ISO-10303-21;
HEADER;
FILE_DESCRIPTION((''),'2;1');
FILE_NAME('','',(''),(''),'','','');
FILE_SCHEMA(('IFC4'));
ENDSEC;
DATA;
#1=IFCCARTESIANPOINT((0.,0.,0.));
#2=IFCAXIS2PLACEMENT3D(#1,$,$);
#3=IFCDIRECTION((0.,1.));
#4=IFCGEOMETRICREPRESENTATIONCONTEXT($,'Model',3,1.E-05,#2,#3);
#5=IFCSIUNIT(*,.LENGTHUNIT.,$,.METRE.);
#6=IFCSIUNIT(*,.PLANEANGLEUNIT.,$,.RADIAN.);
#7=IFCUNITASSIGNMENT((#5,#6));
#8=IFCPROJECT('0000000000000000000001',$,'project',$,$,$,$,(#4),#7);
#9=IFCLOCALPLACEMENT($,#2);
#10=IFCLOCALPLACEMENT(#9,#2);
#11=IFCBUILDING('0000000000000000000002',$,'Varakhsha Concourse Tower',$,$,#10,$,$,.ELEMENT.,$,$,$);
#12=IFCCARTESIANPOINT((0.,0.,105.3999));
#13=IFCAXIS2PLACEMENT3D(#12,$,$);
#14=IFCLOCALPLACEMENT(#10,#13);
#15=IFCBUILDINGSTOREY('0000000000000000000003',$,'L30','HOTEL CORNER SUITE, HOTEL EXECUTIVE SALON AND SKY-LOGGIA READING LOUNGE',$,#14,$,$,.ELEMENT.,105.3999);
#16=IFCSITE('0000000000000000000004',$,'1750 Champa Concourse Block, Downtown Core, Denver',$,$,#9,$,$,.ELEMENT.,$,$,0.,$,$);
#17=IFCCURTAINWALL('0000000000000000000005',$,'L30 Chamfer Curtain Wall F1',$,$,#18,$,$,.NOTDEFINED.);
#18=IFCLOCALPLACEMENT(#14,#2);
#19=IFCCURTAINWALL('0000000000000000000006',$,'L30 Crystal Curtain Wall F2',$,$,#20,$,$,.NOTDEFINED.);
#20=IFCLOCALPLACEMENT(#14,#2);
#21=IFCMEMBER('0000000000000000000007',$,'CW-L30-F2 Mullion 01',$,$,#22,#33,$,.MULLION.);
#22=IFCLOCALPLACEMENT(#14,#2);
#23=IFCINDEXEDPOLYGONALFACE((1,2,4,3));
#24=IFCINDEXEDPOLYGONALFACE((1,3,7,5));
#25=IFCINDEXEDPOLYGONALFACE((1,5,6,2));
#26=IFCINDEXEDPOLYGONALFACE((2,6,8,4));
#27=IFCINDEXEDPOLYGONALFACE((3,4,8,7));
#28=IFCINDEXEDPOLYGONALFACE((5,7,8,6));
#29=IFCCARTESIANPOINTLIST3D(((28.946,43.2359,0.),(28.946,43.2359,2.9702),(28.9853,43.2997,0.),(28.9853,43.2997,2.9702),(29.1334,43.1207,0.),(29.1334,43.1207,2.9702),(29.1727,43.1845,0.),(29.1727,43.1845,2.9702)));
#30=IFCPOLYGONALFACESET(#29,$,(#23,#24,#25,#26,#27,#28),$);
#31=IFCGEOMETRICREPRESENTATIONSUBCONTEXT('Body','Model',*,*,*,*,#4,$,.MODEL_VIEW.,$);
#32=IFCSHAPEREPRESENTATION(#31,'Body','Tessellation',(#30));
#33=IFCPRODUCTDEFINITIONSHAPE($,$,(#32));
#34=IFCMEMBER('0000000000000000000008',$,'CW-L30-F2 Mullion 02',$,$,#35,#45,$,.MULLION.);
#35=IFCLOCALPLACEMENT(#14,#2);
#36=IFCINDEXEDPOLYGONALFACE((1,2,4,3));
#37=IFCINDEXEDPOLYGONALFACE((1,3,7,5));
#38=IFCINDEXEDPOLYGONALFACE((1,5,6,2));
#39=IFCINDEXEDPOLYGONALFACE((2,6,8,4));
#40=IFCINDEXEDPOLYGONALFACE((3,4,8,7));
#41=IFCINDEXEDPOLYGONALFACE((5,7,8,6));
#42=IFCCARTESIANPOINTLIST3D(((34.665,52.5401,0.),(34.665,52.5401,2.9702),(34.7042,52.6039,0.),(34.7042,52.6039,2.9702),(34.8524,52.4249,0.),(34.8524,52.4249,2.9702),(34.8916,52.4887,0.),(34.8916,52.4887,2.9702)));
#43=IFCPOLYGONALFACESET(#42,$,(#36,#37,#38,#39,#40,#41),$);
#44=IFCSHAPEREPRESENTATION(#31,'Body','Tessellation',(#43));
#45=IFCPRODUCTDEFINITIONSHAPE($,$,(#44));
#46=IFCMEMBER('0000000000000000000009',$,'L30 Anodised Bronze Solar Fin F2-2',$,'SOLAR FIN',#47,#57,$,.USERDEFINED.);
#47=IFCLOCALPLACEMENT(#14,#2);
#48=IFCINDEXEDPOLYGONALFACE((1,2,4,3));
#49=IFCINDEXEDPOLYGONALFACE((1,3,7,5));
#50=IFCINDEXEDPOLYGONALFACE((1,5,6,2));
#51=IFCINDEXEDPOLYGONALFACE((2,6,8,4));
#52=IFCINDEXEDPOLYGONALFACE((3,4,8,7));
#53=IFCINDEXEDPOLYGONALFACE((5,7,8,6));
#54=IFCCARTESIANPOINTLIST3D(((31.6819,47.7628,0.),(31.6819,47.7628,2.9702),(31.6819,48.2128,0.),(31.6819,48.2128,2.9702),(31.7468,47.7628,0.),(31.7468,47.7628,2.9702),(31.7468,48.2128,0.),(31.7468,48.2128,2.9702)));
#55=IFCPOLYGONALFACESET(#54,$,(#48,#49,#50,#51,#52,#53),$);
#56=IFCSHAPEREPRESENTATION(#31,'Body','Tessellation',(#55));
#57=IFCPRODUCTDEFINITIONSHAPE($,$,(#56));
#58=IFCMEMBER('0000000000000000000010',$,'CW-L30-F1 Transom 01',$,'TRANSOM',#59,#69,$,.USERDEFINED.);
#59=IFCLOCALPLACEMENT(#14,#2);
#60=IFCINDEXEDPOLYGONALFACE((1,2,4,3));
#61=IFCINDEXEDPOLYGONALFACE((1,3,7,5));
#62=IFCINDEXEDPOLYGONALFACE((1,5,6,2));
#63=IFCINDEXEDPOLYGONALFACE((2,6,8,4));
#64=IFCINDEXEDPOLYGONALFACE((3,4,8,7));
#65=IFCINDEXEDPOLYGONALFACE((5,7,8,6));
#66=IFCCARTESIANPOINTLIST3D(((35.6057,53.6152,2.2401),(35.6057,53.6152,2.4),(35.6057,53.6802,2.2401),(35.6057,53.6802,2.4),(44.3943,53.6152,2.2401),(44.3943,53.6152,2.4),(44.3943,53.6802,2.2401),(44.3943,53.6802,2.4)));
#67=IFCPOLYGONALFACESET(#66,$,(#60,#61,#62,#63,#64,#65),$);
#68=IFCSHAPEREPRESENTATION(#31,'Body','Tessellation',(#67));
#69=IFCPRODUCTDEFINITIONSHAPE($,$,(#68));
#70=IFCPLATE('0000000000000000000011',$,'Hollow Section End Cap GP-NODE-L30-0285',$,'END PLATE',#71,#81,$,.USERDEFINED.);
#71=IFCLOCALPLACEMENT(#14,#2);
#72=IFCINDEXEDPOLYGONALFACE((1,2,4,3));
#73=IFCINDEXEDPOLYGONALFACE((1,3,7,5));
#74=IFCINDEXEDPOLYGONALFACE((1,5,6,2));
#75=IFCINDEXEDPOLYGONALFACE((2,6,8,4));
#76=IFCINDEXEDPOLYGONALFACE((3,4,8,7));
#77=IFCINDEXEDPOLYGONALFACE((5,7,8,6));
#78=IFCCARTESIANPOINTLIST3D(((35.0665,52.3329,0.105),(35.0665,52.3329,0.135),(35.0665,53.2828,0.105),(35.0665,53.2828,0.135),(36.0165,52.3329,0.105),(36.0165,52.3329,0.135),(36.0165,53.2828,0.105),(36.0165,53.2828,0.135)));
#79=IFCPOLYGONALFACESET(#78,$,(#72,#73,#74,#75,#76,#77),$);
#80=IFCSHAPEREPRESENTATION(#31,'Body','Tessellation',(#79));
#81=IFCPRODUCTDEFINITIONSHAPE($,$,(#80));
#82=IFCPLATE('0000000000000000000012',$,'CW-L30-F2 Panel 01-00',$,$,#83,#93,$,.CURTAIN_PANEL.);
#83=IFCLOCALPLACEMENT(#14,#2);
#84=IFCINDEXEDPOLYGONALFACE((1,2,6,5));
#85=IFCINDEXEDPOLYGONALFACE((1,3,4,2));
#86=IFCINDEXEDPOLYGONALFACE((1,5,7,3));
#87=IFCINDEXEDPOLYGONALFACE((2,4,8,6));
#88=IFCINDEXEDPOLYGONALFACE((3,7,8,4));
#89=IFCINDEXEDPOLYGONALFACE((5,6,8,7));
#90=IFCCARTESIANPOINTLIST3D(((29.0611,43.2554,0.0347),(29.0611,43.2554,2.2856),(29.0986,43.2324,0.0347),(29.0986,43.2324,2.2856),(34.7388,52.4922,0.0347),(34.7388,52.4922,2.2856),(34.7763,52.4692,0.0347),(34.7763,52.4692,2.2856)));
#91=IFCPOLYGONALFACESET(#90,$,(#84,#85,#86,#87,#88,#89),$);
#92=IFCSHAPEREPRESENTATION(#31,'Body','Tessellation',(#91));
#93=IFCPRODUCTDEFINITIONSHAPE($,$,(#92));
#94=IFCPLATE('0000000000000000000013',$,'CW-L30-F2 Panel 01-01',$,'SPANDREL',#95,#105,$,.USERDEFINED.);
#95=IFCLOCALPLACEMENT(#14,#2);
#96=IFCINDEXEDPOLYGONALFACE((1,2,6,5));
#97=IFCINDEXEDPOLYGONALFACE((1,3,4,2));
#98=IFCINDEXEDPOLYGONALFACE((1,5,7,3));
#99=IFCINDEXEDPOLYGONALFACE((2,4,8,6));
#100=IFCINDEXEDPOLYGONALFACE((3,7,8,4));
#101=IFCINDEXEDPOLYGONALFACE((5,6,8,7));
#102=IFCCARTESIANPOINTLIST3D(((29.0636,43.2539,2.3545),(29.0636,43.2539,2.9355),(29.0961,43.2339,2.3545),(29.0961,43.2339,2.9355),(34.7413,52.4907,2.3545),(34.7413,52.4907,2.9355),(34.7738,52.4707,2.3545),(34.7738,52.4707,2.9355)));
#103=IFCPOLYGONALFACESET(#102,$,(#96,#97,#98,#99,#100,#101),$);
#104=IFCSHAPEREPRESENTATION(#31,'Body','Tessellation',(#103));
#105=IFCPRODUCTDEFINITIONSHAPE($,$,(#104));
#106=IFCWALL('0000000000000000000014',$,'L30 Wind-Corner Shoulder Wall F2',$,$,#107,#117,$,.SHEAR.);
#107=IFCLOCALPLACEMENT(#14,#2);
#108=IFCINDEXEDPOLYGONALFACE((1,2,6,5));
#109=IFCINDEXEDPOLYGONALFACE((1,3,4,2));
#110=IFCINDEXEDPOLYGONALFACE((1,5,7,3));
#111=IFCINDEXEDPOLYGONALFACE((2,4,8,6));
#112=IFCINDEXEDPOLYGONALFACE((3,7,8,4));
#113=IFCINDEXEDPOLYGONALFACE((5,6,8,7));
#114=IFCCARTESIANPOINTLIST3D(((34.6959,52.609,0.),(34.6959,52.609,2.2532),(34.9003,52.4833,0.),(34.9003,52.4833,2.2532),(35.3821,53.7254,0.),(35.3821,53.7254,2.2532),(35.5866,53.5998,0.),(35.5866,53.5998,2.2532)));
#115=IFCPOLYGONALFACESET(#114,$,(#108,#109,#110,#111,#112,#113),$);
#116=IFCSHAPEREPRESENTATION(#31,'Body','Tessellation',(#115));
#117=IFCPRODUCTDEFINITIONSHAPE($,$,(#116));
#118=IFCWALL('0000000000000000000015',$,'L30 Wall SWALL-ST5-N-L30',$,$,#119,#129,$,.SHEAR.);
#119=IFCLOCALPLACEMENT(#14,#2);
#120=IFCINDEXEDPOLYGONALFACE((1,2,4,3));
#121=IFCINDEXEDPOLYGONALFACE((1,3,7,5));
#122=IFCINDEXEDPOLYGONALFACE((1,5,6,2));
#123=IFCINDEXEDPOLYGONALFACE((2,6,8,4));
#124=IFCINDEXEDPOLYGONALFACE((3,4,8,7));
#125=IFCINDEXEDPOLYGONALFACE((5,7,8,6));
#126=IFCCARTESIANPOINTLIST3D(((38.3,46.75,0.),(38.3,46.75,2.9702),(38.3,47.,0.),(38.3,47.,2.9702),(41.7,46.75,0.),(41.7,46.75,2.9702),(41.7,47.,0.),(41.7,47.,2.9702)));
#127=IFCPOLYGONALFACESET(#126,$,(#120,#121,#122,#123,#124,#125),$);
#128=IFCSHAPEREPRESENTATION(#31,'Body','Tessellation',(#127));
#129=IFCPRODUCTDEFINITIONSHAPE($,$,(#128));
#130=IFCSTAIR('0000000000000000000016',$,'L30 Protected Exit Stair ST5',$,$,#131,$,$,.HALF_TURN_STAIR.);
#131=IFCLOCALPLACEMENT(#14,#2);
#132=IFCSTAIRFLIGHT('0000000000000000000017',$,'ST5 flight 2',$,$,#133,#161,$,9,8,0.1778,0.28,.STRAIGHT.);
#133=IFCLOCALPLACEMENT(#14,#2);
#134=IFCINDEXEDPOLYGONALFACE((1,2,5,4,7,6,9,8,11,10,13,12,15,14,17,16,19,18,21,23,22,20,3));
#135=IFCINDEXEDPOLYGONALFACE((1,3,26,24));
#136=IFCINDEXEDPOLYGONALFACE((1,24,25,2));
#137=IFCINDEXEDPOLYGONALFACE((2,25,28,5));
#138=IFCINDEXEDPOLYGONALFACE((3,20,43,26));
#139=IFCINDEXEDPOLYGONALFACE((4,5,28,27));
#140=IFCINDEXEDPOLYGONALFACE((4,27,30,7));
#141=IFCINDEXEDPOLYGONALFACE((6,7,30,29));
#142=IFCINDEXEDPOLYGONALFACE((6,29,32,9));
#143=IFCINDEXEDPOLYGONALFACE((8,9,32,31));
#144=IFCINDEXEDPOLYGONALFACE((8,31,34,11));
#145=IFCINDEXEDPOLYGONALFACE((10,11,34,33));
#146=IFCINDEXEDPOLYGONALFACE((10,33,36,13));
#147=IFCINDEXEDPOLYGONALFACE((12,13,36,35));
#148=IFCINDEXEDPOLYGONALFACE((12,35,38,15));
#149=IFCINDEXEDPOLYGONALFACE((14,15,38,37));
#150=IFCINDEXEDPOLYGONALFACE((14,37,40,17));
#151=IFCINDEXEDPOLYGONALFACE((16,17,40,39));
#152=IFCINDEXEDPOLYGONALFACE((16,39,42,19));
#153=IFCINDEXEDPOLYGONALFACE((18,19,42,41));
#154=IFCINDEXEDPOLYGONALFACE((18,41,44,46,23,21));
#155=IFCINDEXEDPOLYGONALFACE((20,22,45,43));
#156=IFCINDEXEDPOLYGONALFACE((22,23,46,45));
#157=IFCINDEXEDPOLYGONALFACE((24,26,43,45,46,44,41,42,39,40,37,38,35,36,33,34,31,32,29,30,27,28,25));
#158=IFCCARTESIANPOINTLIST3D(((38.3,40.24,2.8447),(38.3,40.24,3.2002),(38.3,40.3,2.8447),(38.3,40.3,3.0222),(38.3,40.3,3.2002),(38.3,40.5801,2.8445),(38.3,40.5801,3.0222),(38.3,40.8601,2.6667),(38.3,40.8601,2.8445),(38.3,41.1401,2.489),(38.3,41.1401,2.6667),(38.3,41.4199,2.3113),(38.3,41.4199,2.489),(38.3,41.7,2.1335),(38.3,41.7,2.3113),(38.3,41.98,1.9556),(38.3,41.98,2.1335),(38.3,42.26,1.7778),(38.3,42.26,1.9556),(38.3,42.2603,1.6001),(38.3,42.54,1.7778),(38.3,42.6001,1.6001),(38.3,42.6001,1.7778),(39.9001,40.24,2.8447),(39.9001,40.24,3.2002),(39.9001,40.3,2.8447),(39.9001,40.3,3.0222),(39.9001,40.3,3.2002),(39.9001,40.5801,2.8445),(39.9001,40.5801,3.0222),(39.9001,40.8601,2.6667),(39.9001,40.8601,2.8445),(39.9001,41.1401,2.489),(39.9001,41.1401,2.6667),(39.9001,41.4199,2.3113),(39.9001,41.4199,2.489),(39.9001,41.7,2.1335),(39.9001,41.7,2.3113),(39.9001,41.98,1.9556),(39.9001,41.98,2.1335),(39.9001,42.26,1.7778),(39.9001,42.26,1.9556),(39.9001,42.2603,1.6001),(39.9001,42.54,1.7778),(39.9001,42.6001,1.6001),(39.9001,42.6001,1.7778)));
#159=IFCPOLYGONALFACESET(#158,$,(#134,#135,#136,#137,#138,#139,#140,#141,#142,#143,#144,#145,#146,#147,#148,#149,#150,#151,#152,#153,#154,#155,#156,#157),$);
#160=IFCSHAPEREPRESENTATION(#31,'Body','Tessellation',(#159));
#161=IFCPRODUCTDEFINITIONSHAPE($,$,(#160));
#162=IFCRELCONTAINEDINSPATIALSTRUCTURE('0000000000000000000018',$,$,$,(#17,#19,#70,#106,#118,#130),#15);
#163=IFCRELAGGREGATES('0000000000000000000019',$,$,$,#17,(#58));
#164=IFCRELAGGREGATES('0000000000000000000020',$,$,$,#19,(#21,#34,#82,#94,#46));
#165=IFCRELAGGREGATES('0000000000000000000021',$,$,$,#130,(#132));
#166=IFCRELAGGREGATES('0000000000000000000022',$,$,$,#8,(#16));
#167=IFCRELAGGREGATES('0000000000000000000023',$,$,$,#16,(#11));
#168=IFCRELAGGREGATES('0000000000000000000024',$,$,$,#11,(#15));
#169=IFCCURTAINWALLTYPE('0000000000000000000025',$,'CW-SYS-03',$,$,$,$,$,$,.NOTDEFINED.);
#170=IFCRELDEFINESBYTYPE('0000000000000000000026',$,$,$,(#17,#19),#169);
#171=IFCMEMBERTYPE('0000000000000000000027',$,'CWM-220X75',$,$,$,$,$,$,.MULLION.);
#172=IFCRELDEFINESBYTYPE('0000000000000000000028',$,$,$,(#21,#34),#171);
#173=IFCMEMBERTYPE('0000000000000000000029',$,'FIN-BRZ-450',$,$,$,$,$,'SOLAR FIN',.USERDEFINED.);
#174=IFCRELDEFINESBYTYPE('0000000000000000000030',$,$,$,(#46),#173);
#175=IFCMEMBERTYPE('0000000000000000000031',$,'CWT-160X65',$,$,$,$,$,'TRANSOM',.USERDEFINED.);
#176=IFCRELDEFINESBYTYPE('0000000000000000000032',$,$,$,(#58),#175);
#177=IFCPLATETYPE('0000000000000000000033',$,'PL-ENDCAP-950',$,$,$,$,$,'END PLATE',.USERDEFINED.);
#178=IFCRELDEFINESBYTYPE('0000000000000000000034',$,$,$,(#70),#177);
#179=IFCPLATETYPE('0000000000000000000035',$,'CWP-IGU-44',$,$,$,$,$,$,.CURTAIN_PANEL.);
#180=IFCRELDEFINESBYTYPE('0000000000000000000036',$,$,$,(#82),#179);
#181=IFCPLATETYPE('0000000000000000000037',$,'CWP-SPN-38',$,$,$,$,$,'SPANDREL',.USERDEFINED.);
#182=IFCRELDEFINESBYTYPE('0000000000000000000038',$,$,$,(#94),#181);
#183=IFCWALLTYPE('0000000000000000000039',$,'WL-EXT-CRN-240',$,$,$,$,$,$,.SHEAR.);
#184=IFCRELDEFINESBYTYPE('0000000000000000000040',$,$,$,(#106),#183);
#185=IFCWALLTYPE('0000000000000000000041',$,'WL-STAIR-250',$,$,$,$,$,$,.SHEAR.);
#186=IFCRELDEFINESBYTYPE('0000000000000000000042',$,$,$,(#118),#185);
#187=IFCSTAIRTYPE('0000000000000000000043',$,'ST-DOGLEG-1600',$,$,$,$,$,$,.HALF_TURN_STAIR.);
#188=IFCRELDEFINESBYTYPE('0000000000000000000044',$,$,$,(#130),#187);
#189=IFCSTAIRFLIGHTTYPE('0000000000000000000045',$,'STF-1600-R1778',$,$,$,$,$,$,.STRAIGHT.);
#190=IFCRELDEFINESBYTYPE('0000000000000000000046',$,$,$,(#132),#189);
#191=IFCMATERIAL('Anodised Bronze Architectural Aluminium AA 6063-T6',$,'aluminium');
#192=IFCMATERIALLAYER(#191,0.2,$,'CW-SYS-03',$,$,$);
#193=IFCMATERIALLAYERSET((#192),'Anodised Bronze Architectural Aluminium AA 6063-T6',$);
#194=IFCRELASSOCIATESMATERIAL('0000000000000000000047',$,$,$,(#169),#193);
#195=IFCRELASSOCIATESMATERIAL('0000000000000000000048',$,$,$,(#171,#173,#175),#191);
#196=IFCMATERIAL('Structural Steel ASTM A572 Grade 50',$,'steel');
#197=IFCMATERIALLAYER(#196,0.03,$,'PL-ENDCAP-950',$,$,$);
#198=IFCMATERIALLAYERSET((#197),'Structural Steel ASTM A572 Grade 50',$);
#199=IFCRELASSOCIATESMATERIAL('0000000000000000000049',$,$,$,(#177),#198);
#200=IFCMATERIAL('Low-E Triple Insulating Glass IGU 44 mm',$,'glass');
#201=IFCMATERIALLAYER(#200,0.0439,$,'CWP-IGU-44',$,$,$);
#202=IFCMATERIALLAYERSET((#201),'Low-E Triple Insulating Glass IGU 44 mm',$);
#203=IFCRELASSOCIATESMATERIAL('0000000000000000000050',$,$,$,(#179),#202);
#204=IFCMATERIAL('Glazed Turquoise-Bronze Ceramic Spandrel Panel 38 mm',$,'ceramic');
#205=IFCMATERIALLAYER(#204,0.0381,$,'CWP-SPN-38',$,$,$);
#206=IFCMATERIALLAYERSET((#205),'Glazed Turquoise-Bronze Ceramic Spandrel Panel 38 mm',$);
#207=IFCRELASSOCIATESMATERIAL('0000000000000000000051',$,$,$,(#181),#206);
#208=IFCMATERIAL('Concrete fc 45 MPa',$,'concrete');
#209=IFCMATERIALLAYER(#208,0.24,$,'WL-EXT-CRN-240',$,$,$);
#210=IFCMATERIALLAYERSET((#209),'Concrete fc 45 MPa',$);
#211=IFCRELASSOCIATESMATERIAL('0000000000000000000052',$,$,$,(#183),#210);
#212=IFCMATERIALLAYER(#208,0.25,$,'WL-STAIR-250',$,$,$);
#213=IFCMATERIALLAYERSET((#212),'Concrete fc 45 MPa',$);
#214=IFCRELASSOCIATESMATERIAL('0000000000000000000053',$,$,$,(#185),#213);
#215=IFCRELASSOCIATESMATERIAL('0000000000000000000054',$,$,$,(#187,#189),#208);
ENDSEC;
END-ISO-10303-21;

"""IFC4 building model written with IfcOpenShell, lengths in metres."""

from ifc_helpers import new_model, si_unit, direction, frame, frame_2d, origin, origin_2d, place, context, subcontext, project, spatial, polyline, rectangle, outline, extrude, source, transform, mapped, material, layer, layer_set, material_profile, profile_set, type_object, type_shapes, element, aggregate, save


model = new_model("IFC4")

# Units and contexts
model_context = context("Model", 3, precision=1e-05, world=origin(), true_north=direction((0.0, 1.0)))
body_context = subcontext(model_context, "Body", "Model", "MODEL_VIEW")
ifc_project = project(units=[si_unit("LENGTHUNIT", "METRE"), si_unit("PLANEANGLEUNIT", "RADIAN")], contexts=[model_context])

# Site, building, storey
site_placement = place(None, origin())
site = spatial("IfcSite", under=ifc_project, at=site_placement, Name="1750 Champa Concourse Block, Downtown Core, Denver", CompositionType="ELEMENT", RefElevation=0.0)
building_placement = place(site_placement, origin())
building = spatial("IfcBuilding", under=site, at=building_placement, Name="Varakhsha Concourse Tower", CompositionType="ELEMENT")
storey_placement = place(building_placement, frame((0.0, 0.0, 105.3999)))
storey = spatial("IfcBuildingStorey", under=building, at=storey_placement, Name="L30", Description="HOTEL CORNER SUITE, HOTEL EXECUTIVE SALON AND SKY-LOGGIA READING LOUNGE", CompositionType="ELEMENT", Elevation=105.3999)

# Shared definitions
ifc_material_1 = material(Name="Structural Steel ASTM A572 Grade 50", Category="steel")

# Curtain wall
ifc_material_2 = material(Name="Anodised Bronze Architectural Aluminium AA 6063-T6", Category="aluminium")
ifc_layer_1 = layer(ifc_material_2, 0.2, Name="CW-SYS-03")
ifc_layer_set_1 = layer_set([ifc_layer_1], Name="Anodised Bronze Architectural Aluminium AA 6063-T6")
curtain_wall_type = type_object("IfcCurtainWallType", Name="CW-SYS-03", PredefinedType="NOTDEFINED", material=ifc_layer_set_1)
curtain_wall_1_placement = place(storey_placement, origin())
curtain_wall_1 = element("IfcCurtainWall", 1, at=curtain_wall_1_placement, inside=storey, type_object=curtain_wall_type, Name="L30 Chamfer Curtain Wall F1", PredefinedType="NOTDEFINED")
ifc_material_profile_1 = material_profile(ifc_material_2, rectangle(XDim=0.075, YDim=0.22, at=origin_2d()), Name="CWM-220X75")
ifc_profile_set_1 = profile_set([ifc_material_profile_1], Name="Anodised Bronze Architectural Aluminium AA 6063-T6")
member_type_1 = type_object("IfcMemberType", Name="CWM-220X75", PredefinedType="MULLION", material=ifc_profile_set_1)
shared_shape_1 = source(origin(), body_context, "Body", "SweptSolid", [
    extrude(rectangle(XDim=0.075, YDim=0.22, at=origin_2d()), origin(), (0.0, 0.0, 1.0), 2.9702),
])
type_shapes(member_type_1, [shared_shape_1])

# Curtain wall, members
curtain_wall_2_placement = place(storey_placement, origin())
curtain_wall_2 = element("IfcCurtainWall", 2, at=curtain_wall_2_placement, inside=storey, type_object=curtain_wall_type, Name="L30 Crystal Curtain Wall F2", PredefinedType="NOTDEFINED")
member_1_placement = place(storey_placement, frame((29.0593, 43.2102, 0.0), z_axis=(0.0, 0.0, 1.0), x_axis=(0.523665, 0.851924, 0.0)))
member_1 = element("IfcMember", 3, at=member_1_placement, type_object=member_type_1, Name="CW-L30-F2 Mullion 01", PredefinedType="MULLION", context=body_context, shape_type="MappedRepresentation", body=[
    mapped(shared_shape_1, transform((0.0, 0.0, 0.0), scale=1.0)),
])
member_2_placement = place(storey_placement, frame((34.7783, 52.5144, 0.0), z_axis=(0.0, 0.0, 1.0), x_axis=(0.523665, 0.851924, 0.0)))
member_2 = element("IfcMember", 4, at=member_2_placement, type_object=member_type_1, Name="CW-L30-F2 Mullion 02", PredefinedType="MULLION", context=body_context, shape_type="MappedRepresentation", body=[
    mapped(shared_shape_1, transform((0.0, 0.0, 0.0), scale=1.0)),
])
ifc_material_profile_2 = material_profile(ifc_material_2, rectangle(XDim=0.0649, YDim=0.45, at=origin_2d()), Name="FIN-BRZ-450")
ifc_profile_set_2 = profile_set([ifc_material_profile_2], Name="Anodised Bronze Architectural Aluminium AA 6063-T6")
member_type_2 = type_object("IfcMemberType", Name="FIN-BRZ-450", ElementType="SOLAR FIN", PredefinedType="USERDEFINED", material=ifc_profile_set_2)
shared_shape_2 = source(origin(), body_context, "Body", "SweptSolid", [
    extrude(rectangle(XDim=0.0649, YDim=0.45, at=origin_2d()), origin(), (0.0, 0.0, 1.0), 2.9702),
])
type_shapes(member_type_2, [shared_shape_2])
member_3_placement = place(storey_placement, frame((31.7144, 47.9878, 0.0), z_axis=(0.0, 0.0, 1.0), x_axis=(1.0, 0.0, 0.0)))
member_3 = element("IfcMember", 5, at=member_3_placement, type_object=member_type_2, Name="L30 Anodised Bronze Solar Fin F2-2", ObjectType="SOLAR FIN", PredefinedType="USERDEFINED", context=body_context, shape_type="MappedRepresentation", body=[
    mapped(shared_shape_2, transform((0.0, 0.0, 0.0), scale=1.0)),
])

# Member
ifc_material_profile_3 = material_profile(ifc_material_2, rectangle(XDim=0.0649, YDim=0.1599, at=origin_2d()), Name="CWT-160X65")
ifc_profile_set_3 = profile_set([ifc_material_profile_3], Name="Anodised Bronze Architectural Aluminium AA 6063-T6")
member_type_3 = type_object("IfcMemberType", Name="CWT-160X65", ElementType="TRANSOM", PredefinedType="USERDEFINED", material=ifc_profile_set_3)
shared_shape_3 = source(origin(), body_context, "Body", "SweptSolid", [
    extrude(rectangle(XDim=0.0649, YDim=0.1599, at=origin_2d()), origin(), (0.0, 0.0, 1.0), 8.7886),
])
type_shapes(member_type_3, [shared_shape_3])
member_4_placement = place(storey_placement, frame((35.6057, 53.6477, 2.3201), z_axis=(1.0, 0.0, 0.0), x_axis=(0.0, 1.0, 0.0)))
member_4 = element("IfcMember", 6, at=member_4_placement, type_object=member_type_3, Name="CW-L30-F1 Transom 01", ObjectType="TRANSOM", PredefinedType="USERDEFINED", context=body_context, shape_type="MappedRepresentation", body=[
    mapped(shared_shape_3, transform((0.0, 0.0, 0.0), scale=1.0)),
])
aggregate(curtain_wall_1, [member_4])

# Plates
ifc_layer_2 = layer(ifc_material_1, 0.03, Name="PL-ENDCAP-950")
ifc_layer_set_2 = layer_set([ifc_layer_2], Name="Structural Steel ASTM A572 Grade 50")
plate_type_1 = type_object("IfcPlateType", Name="PL-ENDCAP-950", ElementType="END PLATE", PredefinedType="USERDEFINED", material=ifc_layer_set_2)
shared_shape_4 = source(origin(), body_context, "Body", "SweptSolid", [
    extrude(rectangle(XDim=0.95, YDim=0.95, at=origin_2d()), origin(), (0.0, 0.0, 1.0), 0.03),
])
type_shapes(plate_type_1, [shared_shape_4])
plate_1_placement = place(storey_placement, frame((35.5415, 52.8079, 0.105), z_axis=(0.0, 0.0, 1.0), x_axis=(1.0, 0.0, 0.0)))
element("IfcPlate", 7, at=plate_1_placement, inside=storey, type_object=plate_type_1, Name="Hollow Section End Cap GP-NODE-L30-0285", ObjectType="END PLATE", PredefinedType="USERDEFINED", context=body_context, shape_type="MappedRepresentation", body=[
    mapped(shared_shape_4, transform((0.0, 0.0, 0.0), scale=1.0)),
])
ifc_material_3 = material(Name="Low-E Triple Insulating Glass IGU 44 mm", Category="glass")
ifc_layer_3 = layer(ifc_material_3, 0.0439, Name="CWP-IGU-44")
ifc_layer_set_3 = layer_set([ifc_layer_3], Name="Low-E Triple Insulating Glass IGU 44 mm")
plate_type_2 = type_object("IfcPlateType", Name="CWP-IGU-44", PredefinedType="CURTAIN_PANEL", material=ifc_layer_set_3)
shared_shape_5 = source(origin(), body_context, "Body", "SweptSolid", [
    extrude(rectangle(XDim=10.8423, YDim=0.0439, at=origin_2d()), origin(), (0.0, 0.0, 1.0), 2.251),
])
type_shapes(plate_type_2, [shared_shape_5])
plate_2_placement = place(storey_placement, frame((31.9187, 47.8623, 0.0347), z_axis=(0.0, 0.0, 1.0), x_axis=(0.523665, 0.851924, 0.0)))
plate_2 = element("IfcPlate", 8, at=plate_2_placement, type_object=plate_type_2, Name="CW-L30-F2 Panel 01-00", PredefinedType="CURTAIN_PANEL", context=body_context, shape_type="MappedRepresentation", body=[
    mapped(shared_shape_5, transform((0.0, 0.0, 0.0), scale=1.0)),
])
ifc_material_4 = material(Name="Glazed Turquoise-Bronze Ceramic Spandrel Panel 38 mm", Category="ceramic")
ifc_layer_4 = layer(ifc_material_4, 0.0381, Name="CWP-SPN-38")
ifc_layer_set_4 = layer_set([ifc_layer_4], Name="Glazed Turquoise-Bronze Ceramic Spandrel Panel 38 mm")
plate_type_3 = type_object("IfcPlateType", Name="CWP-SPN-38", ElementType="SPANDREL", PredefinedType="USERDEFINED", material=ifc_layer_set_4)
shared_shape_6 = source(origin(), body_context, "Body", "SweptSolid", [
    extrude(rectangle(XDim=10.8423, YDim=0.0381, at=origin_2d()), origin(), (0.0, 0.0, 1.0), 0.5811),
])
type_shapes(plate_type_3, [shared_shape_6])
plate_3_placement = place(storey_placement, frame((31.9187, 47.8623, 2.3545), z_axis=(0.0, 0.0, 1.0), x_axis=(0.523665, 0.851924, 0.0)))
plate_3 = element("IfcPlate", 9, at=plate_3_placement, type_object=plate_type_3, Name="CW-L30-F2 Panel 01-01", ObjectType="SPANDREL", PredefinedType="USERDEFINED", context=body_context, shape_type="MappedRepresentation", body=[
    mapped(shared_shape_6, transform((0.0, 0.0, 0.0), scale=1.0)),
])
aggregate(curtain_wall_2, [member_1, member_2, plate_2, plate_3, member_3])

# Walls
ifc_material_5 = material(Name="Concrete fc 45 MPa", Category="concrete")
ifc_layer_5 = layer(ifc_material_5, 0.24, Name="WL-EXT-CRN-240")
ifc_layer_set_5 = layer_set([ifc_layer_5], Name="Concrete fc 45 MPa")
wall_type_1 = type_object("IfcWallType", Name="WL-EXT-CRN-240", PredefinedType="SHEAR", material=ifc_layer_set_5)
wall_1_placement = place(storey_placement, frame((35.4844, 53.6626, 0.0), z_axis=(0.0, 0.0, 1.0), x_axis=(-0.523671, -0.85192, 0.0)))
element("IfcWall", 10, at=wall_1_placement, inside=storey, type_object=wall_type_1, Name="L30 Wind-Corner Shoulder Wall F2", PredefinedType="SHEAR", context=body_context, shape_type="SweptSolid", body=[
    extrude(rectangle(XDim=1.3105, YDim=0.24, at=frame_2d((0.6553, 0.0))), origin(), (0.0, 0.0, 1.0), 2.2532),
])
ifc_layer_6 = layer(ifc_material_5, 0.25, Name="WL-STAIR-250")
ifc_layer_set_6 = layer_set([ifc_layer_6], Name="Concrete fc 45 MPa")
wall_type_2 = type_object("IfcWallType", Name="WL-STAIR-250", PredefinedType="SHEAR", material=ifc_layer_set_6)
wall_2_placement = place(storey_placement, frame((38.3, 46.875, 0.0), z_axis=(0.0, 0.0, 1.0), x_axis=(1.0, 0.0, 0.0)))
element("IfcWall", 11, at=wall_2_placement, inside=storey, type_object=wall_type_2, Name="L30 Wall SWALL-ST5-N-L30", PredefinedType="SHEAR", context=body_context, shape_type="SweptSolid", body=[
    extrude(rectangle(XDim=3.3999, YDim=0.25, at=frame_2d((1.7, 0.0))), origin(), (0.0, 0.0, 1.0), 2.9702),
])

# Stair, stair flight
stair_type = type_object("IfcStairType", Name="ST-DOGLEG-1600", PredefinedType="HALF_TURN_STAIR", material=ifc_material_5)
stair_placement = place(storey_placement, origin())
stair = element("IfcStair", 12, at=stair_placement, inside=storey, type_object=stair_type, Name="L30 Protected Exit Stair ST5", PredefinedType="HALF_TURN_STAIR")
stair_flight_type = type_object("IfcStairFlightType", Name="STF-1600-R1778", PredefinedType="STRAIGHT", material=ifc_material_5)
stair_flight_placement = place(storey_placement, frame((39.1001, 42.54, 1.6001), z_axis=(0.0, 0.0, 1.0), x_axis=(0.0, -1.0, 0.0)))
stair_flight = element("IfcStairFlight", 13, at=stair_flight_placement, type_object=stair_flight_type, Name="ST5 flight 2", NumberOfRisers=9, NumberOfTreads=8, PredefinedType="STRAIGHT", RiserHeight=0.1778, TreadLength=0.28, context=body_context, shape_type="SweptSolid", body=[
    extrude(outline(polyline([(-0.0601, 0.0), (-0.0601, 0.1777), (0.0, 0.1777), (0.28, 0.1777), (0.28, 0.3555), (0.5601, 0.3555), (0.5601, 0.5334), (0.8401, 0.5334), (0.8401, 0.7112), (1.1201, 0.7112), (1.1201, 0.8889), (1.3999, 0.8889), (1.3999, 1.0667), (1.6799, 1.0667), (1.6799, 1.2444), (1.96, 1.2444), (1.96, 1.4221), (2.24, 1.4221), (2.24, 1.6001), (2.3, 1.6001), (2.3, 1.2446), (2.24, 1.2446), (0.2798, 0.0), (-0.0601, 0.0)])), frame((0.0, 0.8, 0.0), z_axis=(0.0, -1.0, 0.0), x_axis=(1.0, 0.0, 0.0)), (0.0, 0.0, 1.0), 1.6001),
])
aggregate(stair, [stair_flight])

save(model, "model.ifc")
